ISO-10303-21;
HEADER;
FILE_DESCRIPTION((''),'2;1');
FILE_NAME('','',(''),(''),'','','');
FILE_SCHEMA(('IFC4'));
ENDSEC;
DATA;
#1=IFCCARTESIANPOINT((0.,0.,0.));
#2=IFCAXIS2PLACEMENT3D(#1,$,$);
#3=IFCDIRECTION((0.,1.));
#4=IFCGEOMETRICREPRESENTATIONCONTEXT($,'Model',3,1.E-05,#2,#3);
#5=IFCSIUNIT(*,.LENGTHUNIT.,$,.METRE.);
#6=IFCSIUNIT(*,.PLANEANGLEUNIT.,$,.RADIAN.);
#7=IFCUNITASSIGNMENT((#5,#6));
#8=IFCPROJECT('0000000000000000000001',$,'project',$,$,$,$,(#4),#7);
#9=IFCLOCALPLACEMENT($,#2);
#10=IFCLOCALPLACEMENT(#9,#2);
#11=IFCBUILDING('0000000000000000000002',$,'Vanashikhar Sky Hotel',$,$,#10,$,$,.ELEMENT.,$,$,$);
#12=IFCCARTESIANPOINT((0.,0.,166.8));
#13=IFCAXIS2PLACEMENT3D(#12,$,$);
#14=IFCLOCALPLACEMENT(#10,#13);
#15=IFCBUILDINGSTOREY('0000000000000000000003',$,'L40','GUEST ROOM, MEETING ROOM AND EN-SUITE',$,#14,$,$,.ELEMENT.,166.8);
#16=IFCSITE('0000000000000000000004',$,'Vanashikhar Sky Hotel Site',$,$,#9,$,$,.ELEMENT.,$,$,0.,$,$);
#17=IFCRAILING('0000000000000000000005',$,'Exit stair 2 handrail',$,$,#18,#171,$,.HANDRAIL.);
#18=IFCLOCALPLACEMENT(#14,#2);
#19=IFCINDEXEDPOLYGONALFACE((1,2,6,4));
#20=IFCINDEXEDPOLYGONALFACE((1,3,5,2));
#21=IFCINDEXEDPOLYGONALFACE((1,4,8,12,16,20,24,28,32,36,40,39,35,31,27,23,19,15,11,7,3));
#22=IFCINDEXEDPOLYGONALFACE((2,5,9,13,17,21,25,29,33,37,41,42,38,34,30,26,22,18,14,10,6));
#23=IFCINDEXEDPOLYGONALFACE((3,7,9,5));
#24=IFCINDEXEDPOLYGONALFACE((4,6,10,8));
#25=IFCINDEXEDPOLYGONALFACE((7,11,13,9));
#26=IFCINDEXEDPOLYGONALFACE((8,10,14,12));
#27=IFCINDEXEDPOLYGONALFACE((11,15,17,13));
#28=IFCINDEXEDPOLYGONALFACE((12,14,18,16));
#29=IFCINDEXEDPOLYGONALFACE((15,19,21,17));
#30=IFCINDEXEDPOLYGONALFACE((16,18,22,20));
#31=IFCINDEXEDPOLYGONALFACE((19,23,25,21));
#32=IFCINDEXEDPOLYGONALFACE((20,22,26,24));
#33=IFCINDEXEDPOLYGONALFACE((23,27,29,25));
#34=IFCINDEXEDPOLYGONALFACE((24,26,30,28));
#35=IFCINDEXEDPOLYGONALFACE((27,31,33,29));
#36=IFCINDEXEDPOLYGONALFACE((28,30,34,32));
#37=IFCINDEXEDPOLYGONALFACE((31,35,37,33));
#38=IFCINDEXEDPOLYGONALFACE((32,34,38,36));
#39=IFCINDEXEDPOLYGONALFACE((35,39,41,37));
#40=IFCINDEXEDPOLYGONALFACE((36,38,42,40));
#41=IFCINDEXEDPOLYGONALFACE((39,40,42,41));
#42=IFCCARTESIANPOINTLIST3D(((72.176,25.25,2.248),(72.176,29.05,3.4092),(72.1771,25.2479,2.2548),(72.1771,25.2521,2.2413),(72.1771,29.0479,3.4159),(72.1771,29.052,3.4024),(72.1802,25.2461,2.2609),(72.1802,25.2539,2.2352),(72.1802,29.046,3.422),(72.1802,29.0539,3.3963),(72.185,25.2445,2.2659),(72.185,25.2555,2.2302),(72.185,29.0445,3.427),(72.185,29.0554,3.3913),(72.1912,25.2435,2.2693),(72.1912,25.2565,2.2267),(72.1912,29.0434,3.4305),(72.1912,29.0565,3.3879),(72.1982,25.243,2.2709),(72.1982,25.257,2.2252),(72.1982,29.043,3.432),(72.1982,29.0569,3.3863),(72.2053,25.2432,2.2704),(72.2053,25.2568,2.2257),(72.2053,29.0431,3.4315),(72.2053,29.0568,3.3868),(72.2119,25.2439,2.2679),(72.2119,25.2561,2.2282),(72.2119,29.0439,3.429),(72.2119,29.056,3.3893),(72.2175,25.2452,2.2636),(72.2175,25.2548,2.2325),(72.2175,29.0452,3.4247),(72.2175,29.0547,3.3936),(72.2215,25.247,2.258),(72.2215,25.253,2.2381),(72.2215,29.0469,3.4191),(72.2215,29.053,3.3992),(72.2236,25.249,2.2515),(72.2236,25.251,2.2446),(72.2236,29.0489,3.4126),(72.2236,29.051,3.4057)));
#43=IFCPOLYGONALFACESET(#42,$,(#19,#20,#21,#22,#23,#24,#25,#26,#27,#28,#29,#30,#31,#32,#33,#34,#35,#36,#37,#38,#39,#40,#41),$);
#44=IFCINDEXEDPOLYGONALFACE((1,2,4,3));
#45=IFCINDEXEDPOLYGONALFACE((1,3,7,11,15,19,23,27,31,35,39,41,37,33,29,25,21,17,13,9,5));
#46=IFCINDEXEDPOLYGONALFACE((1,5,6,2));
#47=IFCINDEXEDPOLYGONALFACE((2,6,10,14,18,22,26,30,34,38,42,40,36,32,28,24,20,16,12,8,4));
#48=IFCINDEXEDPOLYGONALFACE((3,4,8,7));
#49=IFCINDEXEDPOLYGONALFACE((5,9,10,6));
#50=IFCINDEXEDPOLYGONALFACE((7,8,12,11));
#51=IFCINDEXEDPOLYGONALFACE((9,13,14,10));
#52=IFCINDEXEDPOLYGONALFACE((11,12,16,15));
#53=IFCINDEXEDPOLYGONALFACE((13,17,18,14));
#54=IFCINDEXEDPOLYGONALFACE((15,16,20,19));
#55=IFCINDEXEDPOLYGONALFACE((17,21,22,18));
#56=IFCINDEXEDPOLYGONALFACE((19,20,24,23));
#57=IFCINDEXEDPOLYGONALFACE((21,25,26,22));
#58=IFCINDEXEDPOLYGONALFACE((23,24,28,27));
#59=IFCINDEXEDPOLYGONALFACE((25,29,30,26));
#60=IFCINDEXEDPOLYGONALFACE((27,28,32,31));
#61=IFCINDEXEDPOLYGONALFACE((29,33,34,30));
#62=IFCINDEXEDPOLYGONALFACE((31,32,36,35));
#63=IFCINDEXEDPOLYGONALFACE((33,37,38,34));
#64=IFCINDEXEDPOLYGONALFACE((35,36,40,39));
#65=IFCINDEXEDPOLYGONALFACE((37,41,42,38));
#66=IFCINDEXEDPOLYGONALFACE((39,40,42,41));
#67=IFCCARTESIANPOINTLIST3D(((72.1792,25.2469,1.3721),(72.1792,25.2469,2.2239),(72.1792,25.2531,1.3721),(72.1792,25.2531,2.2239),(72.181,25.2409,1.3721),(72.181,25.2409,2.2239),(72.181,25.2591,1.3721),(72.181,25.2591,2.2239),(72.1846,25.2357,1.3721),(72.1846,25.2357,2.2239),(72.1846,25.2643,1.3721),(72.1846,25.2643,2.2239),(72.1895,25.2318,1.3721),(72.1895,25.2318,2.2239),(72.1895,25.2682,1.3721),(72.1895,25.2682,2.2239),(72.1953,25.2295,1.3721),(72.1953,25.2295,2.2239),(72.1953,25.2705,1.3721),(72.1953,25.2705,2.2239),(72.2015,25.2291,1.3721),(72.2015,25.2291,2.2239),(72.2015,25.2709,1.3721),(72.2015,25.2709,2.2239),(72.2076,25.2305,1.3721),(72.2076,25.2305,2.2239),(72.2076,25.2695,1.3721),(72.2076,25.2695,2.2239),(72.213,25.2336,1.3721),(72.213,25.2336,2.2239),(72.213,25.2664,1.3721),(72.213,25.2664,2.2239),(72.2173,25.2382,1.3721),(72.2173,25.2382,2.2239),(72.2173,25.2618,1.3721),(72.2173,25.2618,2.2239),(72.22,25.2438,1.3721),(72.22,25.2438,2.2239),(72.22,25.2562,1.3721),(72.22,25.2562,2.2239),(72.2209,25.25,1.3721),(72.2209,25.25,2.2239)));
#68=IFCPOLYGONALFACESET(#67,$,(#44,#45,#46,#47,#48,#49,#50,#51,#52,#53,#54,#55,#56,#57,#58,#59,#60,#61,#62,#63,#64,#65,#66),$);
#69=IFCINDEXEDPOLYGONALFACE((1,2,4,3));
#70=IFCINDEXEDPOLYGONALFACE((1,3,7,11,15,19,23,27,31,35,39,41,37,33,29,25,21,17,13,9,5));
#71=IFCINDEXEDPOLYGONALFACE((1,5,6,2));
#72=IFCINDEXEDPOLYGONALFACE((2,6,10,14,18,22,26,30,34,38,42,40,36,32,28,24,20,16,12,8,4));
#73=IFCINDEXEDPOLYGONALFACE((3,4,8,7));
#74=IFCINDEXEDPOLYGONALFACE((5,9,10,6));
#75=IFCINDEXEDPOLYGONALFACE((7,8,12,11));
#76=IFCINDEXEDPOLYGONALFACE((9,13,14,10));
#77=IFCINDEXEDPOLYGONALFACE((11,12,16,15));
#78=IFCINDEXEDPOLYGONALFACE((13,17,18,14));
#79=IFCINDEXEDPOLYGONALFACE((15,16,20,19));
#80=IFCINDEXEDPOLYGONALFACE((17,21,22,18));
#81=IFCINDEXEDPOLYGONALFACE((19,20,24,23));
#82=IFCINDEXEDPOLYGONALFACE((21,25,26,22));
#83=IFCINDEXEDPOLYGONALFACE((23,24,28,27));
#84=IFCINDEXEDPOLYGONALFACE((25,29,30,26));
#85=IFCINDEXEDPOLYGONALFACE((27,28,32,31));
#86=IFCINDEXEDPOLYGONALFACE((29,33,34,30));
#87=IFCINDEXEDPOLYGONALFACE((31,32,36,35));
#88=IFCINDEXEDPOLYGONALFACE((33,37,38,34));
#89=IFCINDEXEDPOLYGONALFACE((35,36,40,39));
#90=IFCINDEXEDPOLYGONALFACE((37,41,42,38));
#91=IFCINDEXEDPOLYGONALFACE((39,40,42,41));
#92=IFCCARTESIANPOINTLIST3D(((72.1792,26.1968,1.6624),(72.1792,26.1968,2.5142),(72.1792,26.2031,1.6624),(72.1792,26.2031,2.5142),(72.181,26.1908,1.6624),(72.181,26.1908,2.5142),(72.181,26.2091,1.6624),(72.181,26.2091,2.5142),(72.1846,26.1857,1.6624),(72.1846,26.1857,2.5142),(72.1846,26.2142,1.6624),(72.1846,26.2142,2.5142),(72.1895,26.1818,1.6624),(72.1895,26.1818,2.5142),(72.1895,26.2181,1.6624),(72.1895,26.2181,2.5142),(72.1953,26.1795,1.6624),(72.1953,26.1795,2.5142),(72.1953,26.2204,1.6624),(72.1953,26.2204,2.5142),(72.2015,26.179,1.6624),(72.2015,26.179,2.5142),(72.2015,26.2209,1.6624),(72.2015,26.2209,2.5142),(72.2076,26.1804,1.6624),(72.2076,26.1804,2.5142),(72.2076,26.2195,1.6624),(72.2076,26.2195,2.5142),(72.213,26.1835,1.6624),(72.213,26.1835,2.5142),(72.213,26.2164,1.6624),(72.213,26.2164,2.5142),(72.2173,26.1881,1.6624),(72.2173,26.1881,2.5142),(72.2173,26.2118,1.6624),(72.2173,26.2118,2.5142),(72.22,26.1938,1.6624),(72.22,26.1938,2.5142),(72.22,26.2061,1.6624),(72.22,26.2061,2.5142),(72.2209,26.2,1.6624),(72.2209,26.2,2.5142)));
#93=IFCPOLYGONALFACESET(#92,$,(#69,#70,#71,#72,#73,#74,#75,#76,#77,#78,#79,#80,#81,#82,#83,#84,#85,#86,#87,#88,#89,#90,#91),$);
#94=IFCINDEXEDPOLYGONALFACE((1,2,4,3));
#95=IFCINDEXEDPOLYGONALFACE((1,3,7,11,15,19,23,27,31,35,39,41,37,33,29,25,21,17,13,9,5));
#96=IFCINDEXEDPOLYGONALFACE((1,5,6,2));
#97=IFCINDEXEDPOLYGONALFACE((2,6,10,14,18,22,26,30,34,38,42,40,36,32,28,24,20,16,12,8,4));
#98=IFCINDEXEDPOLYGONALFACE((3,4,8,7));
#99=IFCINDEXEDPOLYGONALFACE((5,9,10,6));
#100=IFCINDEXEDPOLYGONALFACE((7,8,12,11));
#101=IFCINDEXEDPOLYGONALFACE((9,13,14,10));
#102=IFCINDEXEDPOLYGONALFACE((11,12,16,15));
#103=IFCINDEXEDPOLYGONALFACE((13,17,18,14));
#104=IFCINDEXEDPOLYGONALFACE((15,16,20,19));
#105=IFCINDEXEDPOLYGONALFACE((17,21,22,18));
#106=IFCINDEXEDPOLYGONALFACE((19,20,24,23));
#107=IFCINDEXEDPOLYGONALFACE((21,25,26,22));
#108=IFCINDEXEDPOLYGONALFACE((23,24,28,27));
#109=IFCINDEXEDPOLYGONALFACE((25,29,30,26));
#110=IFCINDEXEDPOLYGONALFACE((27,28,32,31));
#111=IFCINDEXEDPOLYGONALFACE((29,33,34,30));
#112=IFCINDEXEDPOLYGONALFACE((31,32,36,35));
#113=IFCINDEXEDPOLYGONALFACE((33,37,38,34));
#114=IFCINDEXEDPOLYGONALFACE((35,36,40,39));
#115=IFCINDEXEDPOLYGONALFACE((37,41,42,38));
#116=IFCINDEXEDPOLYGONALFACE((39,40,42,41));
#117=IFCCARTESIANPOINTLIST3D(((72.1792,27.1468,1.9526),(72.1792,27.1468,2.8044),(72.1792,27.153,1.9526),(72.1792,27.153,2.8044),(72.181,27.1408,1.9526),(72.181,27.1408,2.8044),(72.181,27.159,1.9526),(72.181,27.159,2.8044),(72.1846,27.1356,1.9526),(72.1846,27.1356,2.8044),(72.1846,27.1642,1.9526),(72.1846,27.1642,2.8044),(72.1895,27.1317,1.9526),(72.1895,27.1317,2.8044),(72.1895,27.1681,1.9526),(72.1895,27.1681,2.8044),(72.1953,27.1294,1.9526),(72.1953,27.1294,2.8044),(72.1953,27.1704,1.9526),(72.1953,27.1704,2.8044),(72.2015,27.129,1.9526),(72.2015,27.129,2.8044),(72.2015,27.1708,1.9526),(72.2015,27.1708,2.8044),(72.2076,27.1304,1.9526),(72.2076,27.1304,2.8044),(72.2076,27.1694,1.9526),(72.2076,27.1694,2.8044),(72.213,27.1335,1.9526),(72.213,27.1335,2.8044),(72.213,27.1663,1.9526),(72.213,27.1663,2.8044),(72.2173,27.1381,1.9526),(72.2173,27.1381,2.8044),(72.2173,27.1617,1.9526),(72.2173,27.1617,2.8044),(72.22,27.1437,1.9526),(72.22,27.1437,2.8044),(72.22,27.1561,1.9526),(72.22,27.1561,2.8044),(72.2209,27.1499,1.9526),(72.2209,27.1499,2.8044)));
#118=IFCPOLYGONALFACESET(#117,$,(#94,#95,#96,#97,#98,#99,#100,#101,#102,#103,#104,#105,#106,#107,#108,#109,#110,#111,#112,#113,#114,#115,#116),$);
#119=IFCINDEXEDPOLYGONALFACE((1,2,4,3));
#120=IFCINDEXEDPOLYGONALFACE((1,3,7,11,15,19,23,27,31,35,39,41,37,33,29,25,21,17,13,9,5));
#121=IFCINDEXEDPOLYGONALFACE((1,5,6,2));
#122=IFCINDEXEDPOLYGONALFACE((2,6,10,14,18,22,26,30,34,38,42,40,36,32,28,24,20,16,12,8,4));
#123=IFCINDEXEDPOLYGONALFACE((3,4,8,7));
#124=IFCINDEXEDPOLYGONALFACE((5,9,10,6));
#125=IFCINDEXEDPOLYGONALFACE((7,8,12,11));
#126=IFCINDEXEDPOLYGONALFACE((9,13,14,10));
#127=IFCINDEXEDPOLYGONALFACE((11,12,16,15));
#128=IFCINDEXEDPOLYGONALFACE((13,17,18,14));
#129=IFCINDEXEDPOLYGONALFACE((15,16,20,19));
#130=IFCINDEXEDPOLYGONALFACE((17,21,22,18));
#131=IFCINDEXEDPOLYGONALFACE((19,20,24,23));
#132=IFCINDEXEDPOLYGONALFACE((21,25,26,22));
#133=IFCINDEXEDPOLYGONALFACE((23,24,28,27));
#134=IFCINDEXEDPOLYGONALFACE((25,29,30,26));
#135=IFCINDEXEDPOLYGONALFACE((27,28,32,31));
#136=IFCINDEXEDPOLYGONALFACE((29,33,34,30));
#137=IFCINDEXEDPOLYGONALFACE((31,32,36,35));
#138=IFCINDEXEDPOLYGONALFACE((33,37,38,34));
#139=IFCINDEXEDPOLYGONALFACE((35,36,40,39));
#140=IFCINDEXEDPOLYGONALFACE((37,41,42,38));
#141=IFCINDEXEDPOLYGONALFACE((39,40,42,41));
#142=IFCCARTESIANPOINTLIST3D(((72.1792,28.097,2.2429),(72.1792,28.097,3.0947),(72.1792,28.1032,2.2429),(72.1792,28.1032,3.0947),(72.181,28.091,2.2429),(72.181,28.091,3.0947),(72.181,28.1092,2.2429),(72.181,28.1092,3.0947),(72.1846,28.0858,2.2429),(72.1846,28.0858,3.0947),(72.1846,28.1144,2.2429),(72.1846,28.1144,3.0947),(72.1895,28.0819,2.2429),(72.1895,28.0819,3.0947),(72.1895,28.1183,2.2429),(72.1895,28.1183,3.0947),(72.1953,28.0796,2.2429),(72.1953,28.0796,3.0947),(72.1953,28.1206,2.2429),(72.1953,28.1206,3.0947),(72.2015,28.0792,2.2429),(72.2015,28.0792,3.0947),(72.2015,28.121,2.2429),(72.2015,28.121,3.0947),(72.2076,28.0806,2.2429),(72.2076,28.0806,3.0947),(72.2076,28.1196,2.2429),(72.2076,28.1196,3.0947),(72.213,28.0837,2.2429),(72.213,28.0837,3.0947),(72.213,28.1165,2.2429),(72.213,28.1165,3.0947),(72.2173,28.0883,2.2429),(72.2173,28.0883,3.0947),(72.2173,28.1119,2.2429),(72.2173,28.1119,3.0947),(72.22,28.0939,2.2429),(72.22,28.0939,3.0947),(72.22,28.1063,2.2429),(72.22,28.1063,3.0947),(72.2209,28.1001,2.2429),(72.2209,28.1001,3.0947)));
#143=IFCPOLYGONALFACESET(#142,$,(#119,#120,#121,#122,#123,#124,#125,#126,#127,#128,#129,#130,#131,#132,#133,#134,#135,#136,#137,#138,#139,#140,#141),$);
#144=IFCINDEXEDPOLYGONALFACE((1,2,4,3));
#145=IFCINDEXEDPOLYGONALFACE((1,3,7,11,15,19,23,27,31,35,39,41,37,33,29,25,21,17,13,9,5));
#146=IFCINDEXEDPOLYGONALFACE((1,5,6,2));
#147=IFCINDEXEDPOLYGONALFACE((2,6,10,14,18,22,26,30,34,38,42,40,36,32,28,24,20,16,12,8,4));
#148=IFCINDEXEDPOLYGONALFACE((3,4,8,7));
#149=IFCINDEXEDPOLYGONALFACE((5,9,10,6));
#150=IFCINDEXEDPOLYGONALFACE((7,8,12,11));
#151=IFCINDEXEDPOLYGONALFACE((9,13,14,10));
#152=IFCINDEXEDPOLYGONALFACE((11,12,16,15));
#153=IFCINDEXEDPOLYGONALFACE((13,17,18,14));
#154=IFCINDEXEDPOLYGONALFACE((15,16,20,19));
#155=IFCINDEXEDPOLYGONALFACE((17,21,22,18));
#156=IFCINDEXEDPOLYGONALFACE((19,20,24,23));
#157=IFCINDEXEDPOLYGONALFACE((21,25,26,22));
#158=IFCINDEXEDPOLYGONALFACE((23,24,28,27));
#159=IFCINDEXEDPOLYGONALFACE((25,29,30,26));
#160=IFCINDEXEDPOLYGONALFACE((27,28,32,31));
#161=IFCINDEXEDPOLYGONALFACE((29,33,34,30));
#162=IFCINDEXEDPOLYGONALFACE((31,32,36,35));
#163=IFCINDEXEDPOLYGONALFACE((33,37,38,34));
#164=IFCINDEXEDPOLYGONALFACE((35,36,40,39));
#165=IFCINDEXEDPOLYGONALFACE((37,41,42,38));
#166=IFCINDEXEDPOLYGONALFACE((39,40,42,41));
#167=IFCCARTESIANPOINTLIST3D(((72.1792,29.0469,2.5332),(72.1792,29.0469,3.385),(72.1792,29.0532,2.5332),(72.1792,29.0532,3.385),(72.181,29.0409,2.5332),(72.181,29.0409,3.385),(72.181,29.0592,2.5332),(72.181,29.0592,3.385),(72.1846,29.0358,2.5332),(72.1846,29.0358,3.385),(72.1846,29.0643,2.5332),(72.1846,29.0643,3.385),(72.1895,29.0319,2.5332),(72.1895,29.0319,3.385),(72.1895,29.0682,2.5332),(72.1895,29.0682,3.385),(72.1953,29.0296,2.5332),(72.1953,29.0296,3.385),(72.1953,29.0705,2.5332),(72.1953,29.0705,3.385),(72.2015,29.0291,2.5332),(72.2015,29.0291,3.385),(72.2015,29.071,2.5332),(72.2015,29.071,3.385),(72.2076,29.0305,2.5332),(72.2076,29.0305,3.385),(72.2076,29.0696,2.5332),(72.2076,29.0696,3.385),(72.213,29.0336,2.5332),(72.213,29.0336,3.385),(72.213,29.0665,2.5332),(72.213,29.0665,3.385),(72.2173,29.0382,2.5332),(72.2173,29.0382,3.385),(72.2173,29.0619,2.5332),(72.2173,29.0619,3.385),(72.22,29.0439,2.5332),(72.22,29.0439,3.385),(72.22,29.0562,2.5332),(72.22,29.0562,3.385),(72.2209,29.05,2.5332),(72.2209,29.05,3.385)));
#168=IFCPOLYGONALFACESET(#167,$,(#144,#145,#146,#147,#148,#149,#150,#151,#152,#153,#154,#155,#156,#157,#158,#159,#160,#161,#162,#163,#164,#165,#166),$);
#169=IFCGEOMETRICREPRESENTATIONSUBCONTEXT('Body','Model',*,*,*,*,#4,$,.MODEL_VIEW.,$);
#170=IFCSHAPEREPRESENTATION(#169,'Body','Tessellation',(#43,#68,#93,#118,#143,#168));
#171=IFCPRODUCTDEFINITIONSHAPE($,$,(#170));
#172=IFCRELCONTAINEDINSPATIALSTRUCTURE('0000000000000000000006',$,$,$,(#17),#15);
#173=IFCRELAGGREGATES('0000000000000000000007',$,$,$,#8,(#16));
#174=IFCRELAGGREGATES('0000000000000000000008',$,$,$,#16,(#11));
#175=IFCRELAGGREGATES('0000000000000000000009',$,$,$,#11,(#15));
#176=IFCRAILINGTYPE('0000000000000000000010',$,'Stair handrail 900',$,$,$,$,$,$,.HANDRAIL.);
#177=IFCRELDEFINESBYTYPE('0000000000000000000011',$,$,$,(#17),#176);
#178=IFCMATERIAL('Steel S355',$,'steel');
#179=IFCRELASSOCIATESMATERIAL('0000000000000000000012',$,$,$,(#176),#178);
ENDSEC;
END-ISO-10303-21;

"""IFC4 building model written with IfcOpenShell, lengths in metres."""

from ifc_helpers import new_model, si_unit, direction, frame, origin, origin_2d, place, context, subcontext, project, spatial, circle, extrude, source, transform, mapped, material, type_object, element, save


model = new_model("IFC4")

# Units and contexts
model_context = context("Model", 3, precision=1e-05, world=origin(), true_north=direction((0.0, 1.0)))
body_context = subcontext(model_context, "Body", "Model", "MODEL_VIEW")
ifc_project = project(units=[si_unit("LENGTHUNIT", "METRE"), si_unit("PLANEANGLEUNIT", "RADIAN")], contexts=[model_context])

# Site, building, storey
site_placement = place(None, origin())
site = spatial("IfcSite", under=ifc_project, at=site_placement, Name="Vanashikhar Sky Hotel Site", CompositionType="ELEMENT", RefElevation=0.0)
building_placement = place(site_placement, origin())
building = spatial("IfcBuilding", under=site, at=building_placement, Name="Vanashikhar Sky Hotel", CompositionType="ELEMENT")
storey_placement = place(building_placement, frame((0.0, 0.0, 166.8)))
storey = spatial("IfcBuildingStorey", under=building, at=storey_placement, Name="L40", Description="GUEST ROOM, MEETING ROOM AND EN-SUITE", CompositionType="ELEMENT", Elevation=166.8)

# Railing
ifc_material_1 = material(Name="Steel S355", Category="steel")
railing_type_1 = type_object("IfcRailingType", Name="Stair handrail 900", PredefinedType="HANDRAIL", material=ifc_material_1)
shared_shape_1 = source(origin(), body_context, "Body", "SweptSolid", [
    extrude(circle(Radius=0.0239, at=origin_2d()), frame((0.0, 0.0, 0.876), z_axis=(0.0, 0.956351, 0.29222), x_axis=(-1.0, 0.0, 0.0)), (0.0, 0.0, 1.0), 3.9734),
    extrude(circle(Radius=0.021, at=origin_2d()), origin(), (0.0, 0.0, 1.0), 0.8518),
    extrude(circle(Radius=0.021, at=origin_2d()), frame((0.0, 0.95, 0.2903)), (0.0, 0.0, 1.0), 0.8518),
    extrude(circle(Radius=0.021, at=origin_2d()), frame((0.0, 1.8999, 0.5806)), (0.0, 0.0, 1.0), 0.8518),
    extrude(circle(Radius=0.021, at=origin_2d()), frame((0.0, 2.8501, 0.8708)), (0.0, 0.0, 1.0), 0.8518),
    extrude(circle(Radius=0.021, at=origin_2d()), frame((0.0, 3.8, 1.1611)), (0.0, 0.0, 1.0), 0.8518),
])
railing_1_placement = place(storey_placement, frame((72.2, 25.25, 1.3721)))
element("IfcRailing", 1, at=railing_1_placement, inside=storey, type_object=railing_type_1, Name="Exit stair 2 handrail", PredefinedType="HANDRAIL", context=body_context, shape_type="MappedRepresentation", body=[
    mapped(shared_shape_1, transform((0.0, 0.0, 0.0), scale=1.0)),
])

save(model, "model.ifc")
